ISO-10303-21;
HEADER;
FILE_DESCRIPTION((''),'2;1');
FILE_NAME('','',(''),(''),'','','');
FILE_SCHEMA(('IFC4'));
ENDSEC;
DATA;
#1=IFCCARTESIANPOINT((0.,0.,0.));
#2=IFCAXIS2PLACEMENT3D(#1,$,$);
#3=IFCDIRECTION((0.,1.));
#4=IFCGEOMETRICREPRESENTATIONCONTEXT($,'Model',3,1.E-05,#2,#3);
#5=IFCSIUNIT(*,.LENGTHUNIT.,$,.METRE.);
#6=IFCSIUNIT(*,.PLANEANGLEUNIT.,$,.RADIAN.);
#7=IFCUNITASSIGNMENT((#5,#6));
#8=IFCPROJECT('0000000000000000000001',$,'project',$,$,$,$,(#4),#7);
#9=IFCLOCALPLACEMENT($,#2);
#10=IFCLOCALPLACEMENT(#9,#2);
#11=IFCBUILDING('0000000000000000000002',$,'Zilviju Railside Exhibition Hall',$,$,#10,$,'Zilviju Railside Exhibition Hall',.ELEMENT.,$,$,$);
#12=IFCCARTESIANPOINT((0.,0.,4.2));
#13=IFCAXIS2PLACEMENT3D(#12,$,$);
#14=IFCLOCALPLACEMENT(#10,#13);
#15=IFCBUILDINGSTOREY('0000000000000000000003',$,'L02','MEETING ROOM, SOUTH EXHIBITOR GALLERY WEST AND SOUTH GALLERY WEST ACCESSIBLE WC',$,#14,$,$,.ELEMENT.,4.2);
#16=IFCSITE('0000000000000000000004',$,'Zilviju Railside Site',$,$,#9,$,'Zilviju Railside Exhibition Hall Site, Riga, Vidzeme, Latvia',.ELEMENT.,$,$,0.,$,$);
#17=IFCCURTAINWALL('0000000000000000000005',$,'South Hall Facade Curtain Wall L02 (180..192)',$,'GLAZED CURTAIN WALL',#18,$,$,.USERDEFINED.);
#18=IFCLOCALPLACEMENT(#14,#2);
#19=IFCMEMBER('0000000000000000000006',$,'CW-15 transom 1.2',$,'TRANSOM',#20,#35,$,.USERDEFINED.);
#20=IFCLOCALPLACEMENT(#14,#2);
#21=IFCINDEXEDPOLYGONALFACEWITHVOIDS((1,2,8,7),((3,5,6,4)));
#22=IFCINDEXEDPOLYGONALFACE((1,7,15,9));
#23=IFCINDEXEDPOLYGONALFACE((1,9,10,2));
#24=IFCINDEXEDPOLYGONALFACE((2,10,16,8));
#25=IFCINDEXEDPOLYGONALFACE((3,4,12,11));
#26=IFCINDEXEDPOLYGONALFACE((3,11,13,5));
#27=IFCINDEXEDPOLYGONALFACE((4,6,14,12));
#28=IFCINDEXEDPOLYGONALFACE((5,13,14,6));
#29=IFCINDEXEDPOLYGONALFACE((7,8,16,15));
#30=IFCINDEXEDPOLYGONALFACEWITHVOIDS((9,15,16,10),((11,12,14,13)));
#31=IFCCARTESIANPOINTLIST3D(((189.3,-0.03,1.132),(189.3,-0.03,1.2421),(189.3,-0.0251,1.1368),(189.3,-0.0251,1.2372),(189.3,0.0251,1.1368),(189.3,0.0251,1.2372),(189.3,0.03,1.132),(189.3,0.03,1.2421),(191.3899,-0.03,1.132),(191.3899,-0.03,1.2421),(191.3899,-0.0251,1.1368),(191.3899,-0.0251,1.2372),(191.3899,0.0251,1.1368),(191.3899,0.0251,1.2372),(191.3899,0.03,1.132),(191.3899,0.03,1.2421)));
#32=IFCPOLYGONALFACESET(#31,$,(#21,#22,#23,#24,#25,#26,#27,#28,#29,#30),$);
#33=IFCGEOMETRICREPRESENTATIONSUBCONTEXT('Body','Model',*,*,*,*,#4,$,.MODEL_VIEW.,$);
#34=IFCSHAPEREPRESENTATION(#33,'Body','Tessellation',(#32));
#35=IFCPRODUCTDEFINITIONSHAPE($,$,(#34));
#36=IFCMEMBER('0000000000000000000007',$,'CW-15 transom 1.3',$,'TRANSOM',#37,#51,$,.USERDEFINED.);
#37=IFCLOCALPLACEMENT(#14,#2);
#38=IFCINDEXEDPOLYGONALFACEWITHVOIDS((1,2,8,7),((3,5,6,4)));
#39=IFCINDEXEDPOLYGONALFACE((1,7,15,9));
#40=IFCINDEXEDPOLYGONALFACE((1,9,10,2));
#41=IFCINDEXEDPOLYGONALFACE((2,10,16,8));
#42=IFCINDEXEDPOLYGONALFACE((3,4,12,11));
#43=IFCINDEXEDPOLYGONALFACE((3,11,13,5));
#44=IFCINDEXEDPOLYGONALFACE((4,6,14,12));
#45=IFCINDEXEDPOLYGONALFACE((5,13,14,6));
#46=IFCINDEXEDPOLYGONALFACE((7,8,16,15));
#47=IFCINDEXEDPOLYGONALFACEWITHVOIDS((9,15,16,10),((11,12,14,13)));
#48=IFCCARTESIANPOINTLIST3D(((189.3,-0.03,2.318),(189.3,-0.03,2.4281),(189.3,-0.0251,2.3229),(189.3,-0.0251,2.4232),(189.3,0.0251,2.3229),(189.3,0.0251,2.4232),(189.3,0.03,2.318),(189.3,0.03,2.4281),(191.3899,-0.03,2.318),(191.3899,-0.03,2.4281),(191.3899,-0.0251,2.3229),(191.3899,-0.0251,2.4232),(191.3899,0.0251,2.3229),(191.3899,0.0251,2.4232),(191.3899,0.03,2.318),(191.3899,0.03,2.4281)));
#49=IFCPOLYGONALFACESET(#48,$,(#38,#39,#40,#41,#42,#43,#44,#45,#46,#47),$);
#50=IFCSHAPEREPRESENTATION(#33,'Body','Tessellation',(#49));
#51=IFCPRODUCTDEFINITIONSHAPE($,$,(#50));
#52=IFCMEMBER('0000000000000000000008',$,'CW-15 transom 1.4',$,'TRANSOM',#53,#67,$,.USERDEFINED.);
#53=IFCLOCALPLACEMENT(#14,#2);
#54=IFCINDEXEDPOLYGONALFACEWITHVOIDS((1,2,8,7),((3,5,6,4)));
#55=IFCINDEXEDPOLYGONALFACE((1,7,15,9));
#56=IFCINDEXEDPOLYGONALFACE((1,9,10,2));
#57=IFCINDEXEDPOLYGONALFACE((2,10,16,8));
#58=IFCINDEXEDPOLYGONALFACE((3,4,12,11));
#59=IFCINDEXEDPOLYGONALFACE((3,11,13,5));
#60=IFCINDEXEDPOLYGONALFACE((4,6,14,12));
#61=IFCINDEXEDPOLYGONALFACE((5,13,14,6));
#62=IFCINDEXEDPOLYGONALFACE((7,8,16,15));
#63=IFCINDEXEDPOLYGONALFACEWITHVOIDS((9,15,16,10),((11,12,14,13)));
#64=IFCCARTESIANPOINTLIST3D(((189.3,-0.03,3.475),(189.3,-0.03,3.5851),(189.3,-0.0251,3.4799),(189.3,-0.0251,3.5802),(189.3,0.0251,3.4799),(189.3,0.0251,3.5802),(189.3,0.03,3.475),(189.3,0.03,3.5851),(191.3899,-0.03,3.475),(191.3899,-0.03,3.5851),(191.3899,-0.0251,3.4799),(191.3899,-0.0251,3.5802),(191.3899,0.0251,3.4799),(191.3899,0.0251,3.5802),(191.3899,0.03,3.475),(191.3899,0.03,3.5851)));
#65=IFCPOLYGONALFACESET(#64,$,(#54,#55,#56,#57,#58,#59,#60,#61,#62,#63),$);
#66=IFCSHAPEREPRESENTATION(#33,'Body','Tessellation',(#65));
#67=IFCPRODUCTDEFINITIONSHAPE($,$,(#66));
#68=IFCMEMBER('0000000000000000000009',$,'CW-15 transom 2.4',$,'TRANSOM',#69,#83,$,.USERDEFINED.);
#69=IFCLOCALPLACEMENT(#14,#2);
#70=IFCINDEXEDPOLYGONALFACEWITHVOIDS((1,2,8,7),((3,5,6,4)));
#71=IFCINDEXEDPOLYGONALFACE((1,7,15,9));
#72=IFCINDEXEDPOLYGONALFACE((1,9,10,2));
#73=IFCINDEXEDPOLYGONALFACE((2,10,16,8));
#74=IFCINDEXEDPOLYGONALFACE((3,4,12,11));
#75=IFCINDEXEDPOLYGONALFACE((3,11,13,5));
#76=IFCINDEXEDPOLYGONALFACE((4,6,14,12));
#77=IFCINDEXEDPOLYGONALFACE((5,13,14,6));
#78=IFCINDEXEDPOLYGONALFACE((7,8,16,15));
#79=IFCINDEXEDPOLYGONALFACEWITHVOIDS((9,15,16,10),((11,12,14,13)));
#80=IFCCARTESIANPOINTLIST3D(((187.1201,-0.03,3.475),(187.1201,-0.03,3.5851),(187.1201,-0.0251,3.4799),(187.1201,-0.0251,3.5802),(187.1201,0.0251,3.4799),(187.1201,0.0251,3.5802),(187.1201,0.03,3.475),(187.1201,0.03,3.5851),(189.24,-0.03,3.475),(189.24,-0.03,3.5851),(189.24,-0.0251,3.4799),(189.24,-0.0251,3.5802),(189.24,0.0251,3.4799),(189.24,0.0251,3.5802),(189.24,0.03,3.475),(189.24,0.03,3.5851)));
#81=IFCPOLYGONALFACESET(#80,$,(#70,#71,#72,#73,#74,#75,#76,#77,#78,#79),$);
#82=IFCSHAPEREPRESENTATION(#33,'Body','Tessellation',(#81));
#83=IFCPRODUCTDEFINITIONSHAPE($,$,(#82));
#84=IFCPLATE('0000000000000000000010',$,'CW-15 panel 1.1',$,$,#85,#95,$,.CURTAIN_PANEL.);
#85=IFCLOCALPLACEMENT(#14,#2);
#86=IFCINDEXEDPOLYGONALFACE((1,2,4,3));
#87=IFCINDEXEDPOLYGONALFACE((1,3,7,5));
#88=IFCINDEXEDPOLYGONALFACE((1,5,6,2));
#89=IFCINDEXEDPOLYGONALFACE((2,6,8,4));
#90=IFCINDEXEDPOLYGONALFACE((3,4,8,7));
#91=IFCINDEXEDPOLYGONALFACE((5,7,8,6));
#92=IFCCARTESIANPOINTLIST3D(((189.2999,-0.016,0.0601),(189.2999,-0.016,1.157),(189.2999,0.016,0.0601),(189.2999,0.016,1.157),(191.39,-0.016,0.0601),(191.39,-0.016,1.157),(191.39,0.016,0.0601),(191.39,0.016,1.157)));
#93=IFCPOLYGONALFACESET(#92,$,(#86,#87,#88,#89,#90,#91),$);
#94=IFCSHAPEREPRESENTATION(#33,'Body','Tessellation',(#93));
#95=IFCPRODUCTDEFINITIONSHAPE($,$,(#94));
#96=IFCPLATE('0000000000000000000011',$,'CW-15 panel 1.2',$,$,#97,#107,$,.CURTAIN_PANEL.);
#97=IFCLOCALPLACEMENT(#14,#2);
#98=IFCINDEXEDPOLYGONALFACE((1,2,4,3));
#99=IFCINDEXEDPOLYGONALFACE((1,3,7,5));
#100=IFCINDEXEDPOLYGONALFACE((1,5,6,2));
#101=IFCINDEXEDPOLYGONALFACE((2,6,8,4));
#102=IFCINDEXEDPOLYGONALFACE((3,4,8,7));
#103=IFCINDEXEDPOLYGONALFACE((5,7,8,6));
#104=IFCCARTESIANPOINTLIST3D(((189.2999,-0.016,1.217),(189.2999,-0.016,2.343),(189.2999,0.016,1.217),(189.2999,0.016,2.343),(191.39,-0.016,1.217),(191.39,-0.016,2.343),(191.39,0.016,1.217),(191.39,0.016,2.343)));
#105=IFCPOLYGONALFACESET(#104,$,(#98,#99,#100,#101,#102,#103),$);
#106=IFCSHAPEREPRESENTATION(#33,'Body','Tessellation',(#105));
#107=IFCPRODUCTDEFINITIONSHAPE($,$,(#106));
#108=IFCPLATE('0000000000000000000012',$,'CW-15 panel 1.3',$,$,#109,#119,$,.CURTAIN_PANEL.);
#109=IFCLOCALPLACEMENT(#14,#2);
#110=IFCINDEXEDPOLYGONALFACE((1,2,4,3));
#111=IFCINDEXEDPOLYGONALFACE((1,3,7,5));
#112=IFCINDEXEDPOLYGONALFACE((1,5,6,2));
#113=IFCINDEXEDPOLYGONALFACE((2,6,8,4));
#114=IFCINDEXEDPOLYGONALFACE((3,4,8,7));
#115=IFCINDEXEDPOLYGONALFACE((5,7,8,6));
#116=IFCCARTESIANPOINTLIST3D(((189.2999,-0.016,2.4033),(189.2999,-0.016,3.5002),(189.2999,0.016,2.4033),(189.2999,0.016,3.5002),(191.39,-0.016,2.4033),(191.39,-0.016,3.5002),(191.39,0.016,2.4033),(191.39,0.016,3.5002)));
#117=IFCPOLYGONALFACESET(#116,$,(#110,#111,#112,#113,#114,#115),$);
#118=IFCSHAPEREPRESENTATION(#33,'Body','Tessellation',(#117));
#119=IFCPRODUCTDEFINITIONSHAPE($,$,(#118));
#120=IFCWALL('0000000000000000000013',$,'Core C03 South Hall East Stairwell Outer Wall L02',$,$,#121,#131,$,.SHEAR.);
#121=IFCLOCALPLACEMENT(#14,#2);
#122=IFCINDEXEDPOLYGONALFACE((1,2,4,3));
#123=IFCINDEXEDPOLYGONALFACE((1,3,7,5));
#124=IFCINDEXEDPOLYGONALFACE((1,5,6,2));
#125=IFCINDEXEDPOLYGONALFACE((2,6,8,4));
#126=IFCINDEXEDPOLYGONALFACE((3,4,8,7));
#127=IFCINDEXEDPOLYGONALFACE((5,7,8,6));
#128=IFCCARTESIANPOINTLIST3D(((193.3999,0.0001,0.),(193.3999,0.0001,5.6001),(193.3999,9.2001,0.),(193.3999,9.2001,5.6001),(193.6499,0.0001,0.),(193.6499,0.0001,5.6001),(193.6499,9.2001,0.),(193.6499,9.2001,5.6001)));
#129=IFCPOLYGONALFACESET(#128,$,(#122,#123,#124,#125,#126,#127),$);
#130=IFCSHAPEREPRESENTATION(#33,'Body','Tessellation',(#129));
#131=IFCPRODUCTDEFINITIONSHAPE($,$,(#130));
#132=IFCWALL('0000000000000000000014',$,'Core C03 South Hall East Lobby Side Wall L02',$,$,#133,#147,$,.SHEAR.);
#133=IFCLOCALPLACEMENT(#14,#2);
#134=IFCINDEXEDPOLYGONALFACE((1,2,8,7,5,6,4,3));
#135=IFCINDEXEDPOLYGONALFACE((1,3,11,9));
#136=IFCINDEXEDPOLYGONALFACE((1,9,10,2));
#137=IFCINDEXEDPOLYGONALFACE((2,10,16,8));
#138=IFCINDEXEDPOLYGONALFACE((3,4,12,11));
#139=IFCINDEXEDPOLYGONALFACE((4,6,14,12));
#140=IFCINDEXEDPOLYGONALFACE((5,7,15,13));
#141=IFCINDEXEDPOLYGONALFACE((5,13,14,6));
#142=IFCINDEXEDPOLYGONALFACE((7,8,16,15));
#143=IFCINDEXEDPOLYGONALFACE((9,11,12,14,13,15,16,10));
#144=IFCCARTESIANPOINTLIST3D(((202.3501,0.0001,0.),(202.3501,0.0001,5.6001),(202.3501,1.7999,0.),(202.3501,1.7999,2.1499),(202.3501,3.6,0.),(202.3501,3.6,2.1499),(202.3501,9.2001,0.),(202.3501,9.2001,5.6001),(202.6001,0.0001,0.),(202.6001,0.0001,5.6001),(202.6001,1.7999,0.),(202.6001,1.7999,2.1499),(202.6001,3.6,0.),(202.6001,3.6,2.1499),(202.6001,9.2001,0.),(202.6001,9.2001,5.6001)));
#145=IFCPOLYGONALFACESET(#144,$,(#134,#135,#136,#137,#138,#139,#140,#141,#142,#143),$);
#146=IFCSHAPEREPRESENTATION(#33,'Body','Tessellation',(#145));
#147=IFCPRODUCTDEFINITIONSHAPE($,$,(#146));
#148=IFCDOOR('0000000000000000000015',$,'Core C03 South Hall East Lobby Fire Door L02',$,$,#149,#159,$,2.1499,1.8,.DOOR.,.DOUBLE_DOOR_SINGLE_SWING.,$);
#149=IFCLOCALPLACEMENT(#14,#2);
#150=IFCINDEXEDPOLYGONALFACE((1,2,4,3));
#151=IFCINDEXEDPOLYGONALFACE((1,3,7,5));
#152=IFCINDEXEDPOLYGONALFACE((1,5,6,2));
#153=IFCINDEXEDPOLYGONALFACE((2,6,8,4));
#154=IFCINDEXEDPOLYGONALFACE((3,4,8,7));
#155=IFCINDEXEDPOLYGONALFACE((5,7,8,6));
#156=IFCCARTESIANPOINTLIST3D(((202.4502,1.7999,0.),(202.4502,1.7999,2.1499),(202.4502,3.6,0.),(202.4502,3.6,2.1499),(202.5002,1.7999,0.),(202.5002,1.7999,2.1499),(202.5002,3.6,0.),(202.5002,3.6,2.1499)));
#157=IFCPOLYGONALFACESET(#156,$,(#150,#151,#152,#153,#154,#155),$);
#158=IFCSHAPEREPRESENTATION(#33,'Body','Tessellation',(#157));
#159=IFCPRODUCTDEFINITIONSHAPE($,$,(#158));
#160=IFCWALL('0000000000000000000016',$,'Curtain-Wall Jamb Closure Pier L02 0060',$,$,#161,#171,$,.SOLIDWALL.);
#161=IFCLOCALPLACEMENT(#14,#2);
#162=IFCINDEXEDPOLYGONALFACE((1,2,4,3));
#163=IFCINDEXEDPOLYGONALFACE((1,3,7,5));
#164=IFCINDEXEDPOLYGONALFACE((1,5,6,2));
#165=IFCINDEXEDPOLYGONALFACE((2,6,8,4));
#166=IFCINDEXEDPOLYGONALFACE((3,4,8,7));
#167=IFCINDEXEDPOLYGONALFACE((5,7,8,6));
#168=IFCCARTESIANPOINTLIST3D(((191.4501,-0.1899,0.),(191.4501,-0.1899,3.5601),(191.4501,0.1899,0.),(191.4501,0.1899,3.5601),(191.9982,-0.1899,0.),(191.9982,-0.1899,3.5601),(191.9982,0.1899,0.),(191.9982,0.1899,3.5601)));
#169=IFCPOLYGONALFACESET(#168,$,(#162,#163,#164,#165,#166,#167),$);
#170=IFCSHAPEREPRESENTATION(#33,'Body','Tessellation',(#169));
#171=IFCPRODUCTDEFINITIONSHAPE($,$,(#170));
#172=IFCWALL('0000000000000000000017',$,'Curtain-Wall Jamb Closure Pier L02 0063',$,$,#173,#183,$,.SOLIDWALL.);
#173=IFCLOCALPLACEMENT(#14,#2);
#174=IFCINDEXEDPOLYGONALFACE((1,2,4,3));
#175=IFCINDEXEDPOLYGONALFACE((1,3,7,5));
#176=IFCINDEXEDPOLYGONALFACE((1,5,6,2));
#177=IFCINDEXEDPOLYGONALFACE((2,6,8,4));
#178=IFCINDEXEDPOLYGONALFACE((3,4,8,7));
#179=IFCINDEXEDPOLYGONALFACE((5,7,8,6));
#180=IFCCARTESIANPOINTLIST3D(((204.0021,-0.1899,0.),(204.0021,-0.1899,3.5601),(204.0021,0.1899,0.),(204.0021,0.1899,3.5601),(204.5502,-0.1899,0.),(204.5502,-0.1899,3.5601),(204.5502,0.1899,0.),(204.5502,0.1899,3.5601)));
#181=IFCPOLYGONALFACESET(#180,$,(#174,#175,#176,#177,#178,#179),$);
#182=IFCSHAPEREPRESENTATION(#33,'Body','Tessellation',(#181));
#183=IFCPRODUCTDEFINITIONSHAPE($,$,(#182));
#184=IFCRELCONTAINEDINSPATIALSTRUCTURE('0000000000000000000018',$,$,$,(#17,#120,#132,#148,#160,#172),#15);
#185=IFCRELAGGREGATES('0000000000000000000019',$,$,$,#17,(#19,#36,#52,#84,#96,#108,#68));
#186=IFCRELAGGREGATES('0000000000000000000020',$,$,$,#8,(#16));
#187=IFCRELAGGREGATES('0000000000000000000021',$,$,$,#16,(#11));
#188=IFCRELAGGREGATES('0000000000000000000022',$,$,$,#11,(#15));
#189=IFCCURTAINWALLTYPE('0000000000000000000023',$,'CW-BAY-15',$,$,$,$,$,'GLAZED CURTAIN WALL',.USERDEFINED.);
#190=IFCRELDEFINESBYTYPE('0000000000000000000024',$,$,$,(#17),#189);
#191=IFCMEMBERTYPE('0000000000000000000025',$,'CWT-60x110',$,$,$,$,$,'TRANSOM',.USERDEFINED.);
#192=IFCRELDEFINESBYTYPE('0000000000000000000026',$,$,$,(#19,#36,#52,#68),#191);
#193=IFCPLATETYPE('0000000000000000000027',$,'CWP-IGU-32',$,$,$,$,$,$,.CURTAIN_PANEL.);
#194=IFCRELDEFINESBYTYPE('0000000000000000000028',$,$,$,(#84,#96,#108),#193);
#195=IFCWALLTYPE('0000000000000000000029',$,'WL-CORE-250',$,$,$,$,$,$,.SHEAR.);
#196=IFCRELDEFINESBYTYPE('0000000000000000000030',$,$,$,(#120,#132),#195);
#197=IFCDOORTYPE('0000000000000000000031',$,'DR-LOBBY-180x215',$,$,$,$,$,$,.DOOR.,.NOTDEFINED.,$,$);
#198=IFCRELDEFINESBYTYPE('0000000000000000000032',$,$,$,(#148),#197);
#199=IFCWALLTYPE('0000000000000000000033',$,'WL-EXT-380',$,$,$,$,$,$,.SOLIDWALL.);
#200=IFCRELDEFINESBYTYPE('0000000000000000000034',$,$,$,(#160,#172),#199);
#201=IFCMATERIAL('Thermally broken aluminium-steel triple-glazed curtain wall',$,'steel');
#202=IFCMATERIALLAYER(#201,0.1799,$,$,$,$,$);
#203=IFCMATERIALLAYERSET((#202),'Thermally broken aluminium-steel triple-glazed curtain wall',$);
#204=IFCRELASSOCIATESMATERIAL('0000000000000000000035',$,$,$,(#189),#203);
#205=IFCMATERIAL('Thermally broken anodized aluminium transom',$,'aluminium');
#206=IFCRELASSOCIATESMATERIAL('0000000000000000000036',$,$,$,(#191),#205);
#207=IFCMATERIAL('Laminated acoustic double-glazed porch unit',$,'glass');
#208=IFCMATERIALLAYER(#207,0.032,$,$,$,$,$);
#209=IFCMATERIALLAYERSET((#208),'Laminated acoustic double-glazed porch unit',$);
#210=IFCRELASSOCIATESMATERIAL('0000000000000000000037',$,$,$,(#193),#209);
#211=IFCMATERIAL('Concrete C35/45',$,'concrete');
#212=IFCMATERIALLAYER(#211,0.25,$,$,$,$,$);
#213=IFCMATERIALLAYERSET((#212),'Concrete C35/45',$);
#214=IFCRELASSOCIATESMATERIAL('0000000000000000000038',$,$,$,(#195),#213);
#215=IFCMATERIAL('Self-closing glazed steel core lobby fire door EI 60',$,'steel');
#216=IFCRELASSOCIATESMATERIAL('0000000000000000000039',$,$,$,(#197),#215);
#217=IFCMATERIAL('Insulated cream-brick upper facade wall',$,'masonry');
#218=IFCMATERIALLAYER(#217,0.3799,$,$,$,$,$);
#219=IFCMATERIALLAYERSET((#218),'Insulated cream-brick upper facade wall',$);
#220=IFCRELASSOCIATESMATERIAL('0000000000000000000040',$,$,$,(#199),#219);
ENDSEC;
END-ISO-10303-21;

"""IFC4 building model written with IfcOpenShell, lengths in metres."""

from ifc_helpers import new_model, si_unit, direction, frame, frame_2d, origin, origin_2d, place, context, subcontext, project, spatial, rectangle, hollow_rectangle, extrude, material, layer, layer_set, material_profile, profile_set, type_object, element, fill, aggregate, save


model = new_model("IFC4")

# Units and contexts
model_context = context("Model", 3, precision=1e-05, world=origin(), true_north=direction((0.0, 1.0)))
body_context = subcontext(model_context, "Body", "Model", "MODEL_VIEW")
ifc_project = project(units=[si_unit("LENGTHUNIT", "METRE"), si_unit("PLANEANGLEUNIT", "RADIAN")], contexts=[model_context])

# Site, building, storey
site_placement = place(None, origin())
site = spatial("IfcSite", under=ifc_project, at=site_placement, Name="Zilviju Railside Site", LongName="Zilviju Railside Exhibition Hall Site, Riga, Vidzeme, Latvia", CompositionType="ELEMENT", RefElevation=0.0)
building_placement = place(site_placement, origin())
building = spatial("IfcBuilding", under=site, at=building_placement, Name="Zilviju Railside Exhibition Hall", LongName="Zilviju Railside Exhibition Hall", CompositionType="ELEMENT")
storey_placement = place(building_placement, frame((0.0, 0.0, 4.2)))
storey = spatial("IfcBuildingStorey", under=building, at=storey_placement, Name="L02", Description="MEETING ROOM, SOUTH EXHIBITOR GALLERY WEST AND SOUTH GALLERY WEST ACCESSIBLE WC", CompositionType="ELEMENT", Elevation=4.2)

# Curtain wall
ifc_material_1 = material(Name="Thermally broken aluminium-steel triple-glazed curtain wall", Category="steel")
ifc_layer_1 = layer(ifc_material_1, 0.1799)
ifc_layer_set_1 = layer_set([ifc_layer_1], Name="Thermally broken aluminium-steel triple-glazed curtain wall")
curtain_wall_type_1 = type_object("IfcCurtainWallType", Name="CW-BAY-15", ElementType="GLAZED CURTAIN WALL", PredefinedType="USERDEFINED", material=ifc_layer_set_1)
curtain_wall_1_placement = place(storey_placement, origin())
curtain_wall_1 = element("IfcCurtainWall", 1, at=curtain_wall_1_placement, inside=storey, type_object=curtain_wall_type_1, Name="South Hall Facade Curtain Wall L02 (180..192)", ObjectType="GLAZED CURTAIN WALL", PredefinedType="USERDEFINED")

# Members
ifc_material_2 = material(Name="Thermally broken anodized aluminium transom", Category="aluminium")
ifc_material_profile_1 = material_profile(ifc_material_2, hollow_rectangle(XDim=0.0601, YDim=0.1101, WallThickness=0.0049, at=origin_2d()), Name="TRANSOM 110x60x5")
ifc_profile_set_1 = profile_set([ifc_material_profile_1], Name="Thermally broken anodized aluminium transom")
member_type_1 = type_object("IfcMemberType", Name="CWT-60x110", ElementType="TRANSOM", PredefinedType="USERDEFINED", material=ifc_profile_set_1)
member_1_placement = place(storey_placement, frame((191.3899, 0.0, 1.187), z_axis=(-1.0, 0.0, 0.0), x_axis=(0.0, -1.0, 0.0)))
member_1 = element("IfcMember", 2, at=member_1_placement, type_object=member_type_1, Name="CW-15 transom 1.2", ObjectType="TRANSOM", PredefinedType="USERDEFINED", context=body_context, shape_type="SweptSolid", body=[
    extrude(hollow_rectangle(XDim=0.0601, YDim=0.1101, WallThickness=0.0049, at=origin_2d()), origin(), (0.0, 0.0, 1.0), 2.0898),
])
member_2_placement = place(storey_placement, frame((191.3899, 0.0, 2.373), z_axis=(-1.0, 0.0, 0.0), x_axis=(0.0, -1.0, 0.0)))
member_2 = element("IfcMember", 3, at=member_2_placement, type_object=member_type_1, Name="CW-15 transom 1.3", ObjectType="TRANSOM", PredefinedType="USERDEFINED", context=body_context, shape_type="SweptSolid", body=[
    extrude(hollow_rectangle(XDim=0.0601, YDim=0.1101, WallThickness=0.0049, at=origin_2d()), origin(), (0.0, 0.0, 1.0), 2.0898),
])
member_3_placement = place(storey_placement, frame((191.3899, 0.0, 3.53), z_axis=(-1.0, 0.0, 0.0), x_axis=(0.0, -1.0, 0.0)))
member_3 = element("IfcMember", 4, at=member_3_placement, type_object=member_type_1, Name="CW-15 transom 1.4", ObjectType="TRANSOM", PredefinedType="USERDEFINED", context=body_context, shape_type="SweptSolid", body=[
    extrude(hollow_rectangle(XDim=0.0601, YDim=0.1101, WallThickness=0.0049, at=origin_2d()), origin(), (0.0, 0.0, 1.0), 2.0898),
])
member_4_placement = place(storey_placement, frame((189.24, 0.0, 3.53), z_axis=(-1.0, 0.0, 0.0), x_axis=(0.0, -1.0, 0.0)))
member_4 = element("IfcMember", 5, at=member_4_placement, type_object=member_type_1, Name="CW-15 transom 2.4", ObjectType="TRANSOM", PredefinedType="USERDEFINED", context=body_context, shape_type="SweptSolid", body=[
    extrude(hollow_rectangle(XDim=0.0601, YDim=0.1101, WallThickness=0.0049, at=origin_2d()), origin(), (0.0, 0.0, 1.0), 2.1199),
])

# Plates
ifc_material_3 = material(Name="Laminated acoustic double-glazed porch unit", Category="glass")
ifc_layer_2 = layer(ifc_material_3, 0.032)
ifc_layer_set_2 = layer_set([ifc_layer_2], Name="Laminated acoustic double-glazed porch unit")
plate_type = type_object("IfcPlateType", Name="CWP-IGU-32", PredefinedType="CURTAIN_PANEL", material=ifc_layer_set_2)
plate_1_placement = place(storey_placement, frame((190.345, 0.0, 0.0601), z_axis=(0.0, 0.0, 1.0), x_axis=(-1.0, 0.0, 0.0)))
plate_1 = element("IfcPlate", 6, at=plate_1_placement, type_object=plate_type, Name="CW-15 panel 1.1", PredefinedType="CURTAIN_PANEL", context=body_context, shape_type="SweptSolid", body=[
    extrude(rectangle(XDim=2.0901, YDim=0.032, at=origin_2d()), origin(), (0.0, 0.0, 1.0), 1.0969),
])
plate_2_placement = place(storey_placement, frame((190.345, 0.0, 1.217), z_axis=(0.0, 0.0, 1.0), x_axis=(-1.0, 0.0, 0.0)))
plate_2 = element("IfcPlate", 7, at=plate_2_placement, type_object=plate_type, Name="CW-15 panel 1.2", PredefinedType="CURTAIN_PANEL", context=body_context, shape_type="SweptSolid", body=[
    extrude(rectangle(XDim=2.0901, YDim=0.032, at=origin_2d()), origin(), (0.0, 0.0, 1.0), 1.126),
])
plate_3_placement = place(storey_placement, frame((190.345, 0.0, 2.4033), z_axis=(0.0, 0.0, 1.0), x_axis=(-1.0, 0.0, 0.0)))
plate_3 = element("IfcPlate", 8, at=plate_3_placement, type_object=plate_type, Name="CW-15 panel 1.3", PredefinedType="CURTAIN_PANEL", context=body_context, shape_type="SweptSolid", body=[
    extrude(rectangle(XDim=2.0901, YDim=0.032, at=origin_2d()), origin(), (0.0, 0.0, 1.0), 1.0969),
])
aggregate(curtain_wall_1, [member_1, member_2, member_3, plate_1, plate_2, plate_3, member_4])

# Wall
ifc_material_4 = material(Name="Concrete C35/45", Category="concrete")
ifc_layer_3 = layer(ifc_material_4, 0.25)
ifc_layer_set_3 = layer_set([ifc_layer_3], Name="Concrete C35/45")
wall_type_1 = type_object("IfcWallType", Name="WL-CORE-250", PredefinedType="SHEAR", material=ifc_layer_set_3)
wall_1_placement = place(storey_placement, frame((193.5249, 0.0, 0.0), z_axis=(0.0, 0.0, 1.0), x_axis=(0.0, 1.0, 0.0)))
element("IfcWall", 9, at=wall_1_placement, inside=storey, type_object=wall_type_1, Name="Core C03 South Hall East Stairwell Outer Wall L02", PredefinedType="SHEAR", context=body_context, shape_type="SweptSolid", body=[
    extrude(rectangle(XDim=9.2, YDim=0.25, at=frame_2d((4.6001, 0.0))), origin(), (0.0, 0.0, 1.0), 5.6001),
])

# Wall, opening, door
wall_2_placement = place(storey_placement, frame((202.4751, 0.0, 0.0), z_axis=(0.0, 0.0, 1.0), x_axis=(0.0, 1.0, 0.0)))
wall_2 = element("IfcWall", 10, at=wall_2_placement, inside=storey, type_object=wall_type_1, Name="Core C03 South Hall East Lobby Side Wall L02", PredefinedType="SHEAR", context=body_context, shape_type="SweptSolid", body=[
    extrude(rectangle(XDim=9.2, YDim=0.25, at=frame_2d((4.6001, 0.0))), origin(), (0.0, 0.0, 1.0), 5.6001),
])
opening_placement = place(wall_2_placement, frame((1.8, 0.0, 0.0)))
opening = element("IfcOpeningElement", 11, at=opening_placement, cuts=wall_2, PredefinedType="OPENING", context=body_context, shape_type="SweptSolid", body=[
    extrude(rectangle(XDim=1.8, YDim=2.1499, at=frame_2d((0.8999, 1.075))), frame((0.0, 0.135, 0.0), z_axis=(0.0, -1.0, 0.0), x_axis=(1.0, 0.0, 0.0)), (0.0, 0.0, 1.0), 0.27),
])
ifc_material_5 = material(Name="Self-closing glazed steel core lobby fire door EI 60", Category="steel")
door_type = type_object("IfcDoorType", Name="DR-LOBBY-180x215", OperationType="NOTDEFINED", PredefinedType="DOOR", material=ifc_material_5)
door_placement = place(opening_placement, origin())
door = element("IfcDoor", 12, at=door_placement, inside=storey, type_object=door_type, Name="Core C03 South Hall East Lobby Fire Door L02", OperationType="DOUBLE_DOOR_SINGLE_SWING", OverallHeight=2.1499, OverallWidth=1.8, PredefinedType="DOOR", context=body_context, shape_type="SweptSolid", body=[
    extrude(rectangle(XDim=1.8, YDim=2.1499, at=frame_2d((0.8999, 1.075))), frame((0.0, 0.0249, 0.0), z_axis=(0.0, -1.0, 0.0), x_axis=(1.0, 0.0, 0.0)), (0.0, 0.0, 1.0), 0.05),
])
fill(opening, door)

# Walls
ifc_material_6 = material(Name="Insulated cream-brick upper facade wall", Category="masonry")
ifc_layer_4 = layer(ifc_material_6, 0.3799)
ifc_layer_set_4 = layer_set([ifc_layer_4], Name="Insulated cream-brick upper facade wall")
wall_type_2 = type_object("IfcWallType", Name="WL-EXT-380", PredefinedType="SOLIDWALL", material=ifc_layer_set_4)
for number, where, z_axis, x_axis, name in (
    (13, (191.998, 0.0, 0.0), (0.0, 0.0, 1.0), (-1.0, 0.0, 0.0), "Curtain-Wall Jamb Closure Pier L02 0060"),
    (14, (204.55, 0.0, 0.0), (0.0, 0.0, 1.0), (-1.0, 0.0, 0.0), "Curtain-Wall Jamb Closure Pier L02 0063"),
):
    element("IfcWall", number, at=place(storey_placement, frame(where, z_axis=z_axis, x_axis=x_axis)), inside=storey, type_object=wall_type_2, Name=name, PredefinedType="SOLIDWALL", context=body_context, shape_type="SweptSolid", body=[
        extrude(rectangle(XDim=0.5481, YDim=0.3799, at=frame_2d((0.2739, 0.0))), origin(), (0.0, 0.0, 1.0), 3.5601),
    ])

save(model, "model.ifc")
